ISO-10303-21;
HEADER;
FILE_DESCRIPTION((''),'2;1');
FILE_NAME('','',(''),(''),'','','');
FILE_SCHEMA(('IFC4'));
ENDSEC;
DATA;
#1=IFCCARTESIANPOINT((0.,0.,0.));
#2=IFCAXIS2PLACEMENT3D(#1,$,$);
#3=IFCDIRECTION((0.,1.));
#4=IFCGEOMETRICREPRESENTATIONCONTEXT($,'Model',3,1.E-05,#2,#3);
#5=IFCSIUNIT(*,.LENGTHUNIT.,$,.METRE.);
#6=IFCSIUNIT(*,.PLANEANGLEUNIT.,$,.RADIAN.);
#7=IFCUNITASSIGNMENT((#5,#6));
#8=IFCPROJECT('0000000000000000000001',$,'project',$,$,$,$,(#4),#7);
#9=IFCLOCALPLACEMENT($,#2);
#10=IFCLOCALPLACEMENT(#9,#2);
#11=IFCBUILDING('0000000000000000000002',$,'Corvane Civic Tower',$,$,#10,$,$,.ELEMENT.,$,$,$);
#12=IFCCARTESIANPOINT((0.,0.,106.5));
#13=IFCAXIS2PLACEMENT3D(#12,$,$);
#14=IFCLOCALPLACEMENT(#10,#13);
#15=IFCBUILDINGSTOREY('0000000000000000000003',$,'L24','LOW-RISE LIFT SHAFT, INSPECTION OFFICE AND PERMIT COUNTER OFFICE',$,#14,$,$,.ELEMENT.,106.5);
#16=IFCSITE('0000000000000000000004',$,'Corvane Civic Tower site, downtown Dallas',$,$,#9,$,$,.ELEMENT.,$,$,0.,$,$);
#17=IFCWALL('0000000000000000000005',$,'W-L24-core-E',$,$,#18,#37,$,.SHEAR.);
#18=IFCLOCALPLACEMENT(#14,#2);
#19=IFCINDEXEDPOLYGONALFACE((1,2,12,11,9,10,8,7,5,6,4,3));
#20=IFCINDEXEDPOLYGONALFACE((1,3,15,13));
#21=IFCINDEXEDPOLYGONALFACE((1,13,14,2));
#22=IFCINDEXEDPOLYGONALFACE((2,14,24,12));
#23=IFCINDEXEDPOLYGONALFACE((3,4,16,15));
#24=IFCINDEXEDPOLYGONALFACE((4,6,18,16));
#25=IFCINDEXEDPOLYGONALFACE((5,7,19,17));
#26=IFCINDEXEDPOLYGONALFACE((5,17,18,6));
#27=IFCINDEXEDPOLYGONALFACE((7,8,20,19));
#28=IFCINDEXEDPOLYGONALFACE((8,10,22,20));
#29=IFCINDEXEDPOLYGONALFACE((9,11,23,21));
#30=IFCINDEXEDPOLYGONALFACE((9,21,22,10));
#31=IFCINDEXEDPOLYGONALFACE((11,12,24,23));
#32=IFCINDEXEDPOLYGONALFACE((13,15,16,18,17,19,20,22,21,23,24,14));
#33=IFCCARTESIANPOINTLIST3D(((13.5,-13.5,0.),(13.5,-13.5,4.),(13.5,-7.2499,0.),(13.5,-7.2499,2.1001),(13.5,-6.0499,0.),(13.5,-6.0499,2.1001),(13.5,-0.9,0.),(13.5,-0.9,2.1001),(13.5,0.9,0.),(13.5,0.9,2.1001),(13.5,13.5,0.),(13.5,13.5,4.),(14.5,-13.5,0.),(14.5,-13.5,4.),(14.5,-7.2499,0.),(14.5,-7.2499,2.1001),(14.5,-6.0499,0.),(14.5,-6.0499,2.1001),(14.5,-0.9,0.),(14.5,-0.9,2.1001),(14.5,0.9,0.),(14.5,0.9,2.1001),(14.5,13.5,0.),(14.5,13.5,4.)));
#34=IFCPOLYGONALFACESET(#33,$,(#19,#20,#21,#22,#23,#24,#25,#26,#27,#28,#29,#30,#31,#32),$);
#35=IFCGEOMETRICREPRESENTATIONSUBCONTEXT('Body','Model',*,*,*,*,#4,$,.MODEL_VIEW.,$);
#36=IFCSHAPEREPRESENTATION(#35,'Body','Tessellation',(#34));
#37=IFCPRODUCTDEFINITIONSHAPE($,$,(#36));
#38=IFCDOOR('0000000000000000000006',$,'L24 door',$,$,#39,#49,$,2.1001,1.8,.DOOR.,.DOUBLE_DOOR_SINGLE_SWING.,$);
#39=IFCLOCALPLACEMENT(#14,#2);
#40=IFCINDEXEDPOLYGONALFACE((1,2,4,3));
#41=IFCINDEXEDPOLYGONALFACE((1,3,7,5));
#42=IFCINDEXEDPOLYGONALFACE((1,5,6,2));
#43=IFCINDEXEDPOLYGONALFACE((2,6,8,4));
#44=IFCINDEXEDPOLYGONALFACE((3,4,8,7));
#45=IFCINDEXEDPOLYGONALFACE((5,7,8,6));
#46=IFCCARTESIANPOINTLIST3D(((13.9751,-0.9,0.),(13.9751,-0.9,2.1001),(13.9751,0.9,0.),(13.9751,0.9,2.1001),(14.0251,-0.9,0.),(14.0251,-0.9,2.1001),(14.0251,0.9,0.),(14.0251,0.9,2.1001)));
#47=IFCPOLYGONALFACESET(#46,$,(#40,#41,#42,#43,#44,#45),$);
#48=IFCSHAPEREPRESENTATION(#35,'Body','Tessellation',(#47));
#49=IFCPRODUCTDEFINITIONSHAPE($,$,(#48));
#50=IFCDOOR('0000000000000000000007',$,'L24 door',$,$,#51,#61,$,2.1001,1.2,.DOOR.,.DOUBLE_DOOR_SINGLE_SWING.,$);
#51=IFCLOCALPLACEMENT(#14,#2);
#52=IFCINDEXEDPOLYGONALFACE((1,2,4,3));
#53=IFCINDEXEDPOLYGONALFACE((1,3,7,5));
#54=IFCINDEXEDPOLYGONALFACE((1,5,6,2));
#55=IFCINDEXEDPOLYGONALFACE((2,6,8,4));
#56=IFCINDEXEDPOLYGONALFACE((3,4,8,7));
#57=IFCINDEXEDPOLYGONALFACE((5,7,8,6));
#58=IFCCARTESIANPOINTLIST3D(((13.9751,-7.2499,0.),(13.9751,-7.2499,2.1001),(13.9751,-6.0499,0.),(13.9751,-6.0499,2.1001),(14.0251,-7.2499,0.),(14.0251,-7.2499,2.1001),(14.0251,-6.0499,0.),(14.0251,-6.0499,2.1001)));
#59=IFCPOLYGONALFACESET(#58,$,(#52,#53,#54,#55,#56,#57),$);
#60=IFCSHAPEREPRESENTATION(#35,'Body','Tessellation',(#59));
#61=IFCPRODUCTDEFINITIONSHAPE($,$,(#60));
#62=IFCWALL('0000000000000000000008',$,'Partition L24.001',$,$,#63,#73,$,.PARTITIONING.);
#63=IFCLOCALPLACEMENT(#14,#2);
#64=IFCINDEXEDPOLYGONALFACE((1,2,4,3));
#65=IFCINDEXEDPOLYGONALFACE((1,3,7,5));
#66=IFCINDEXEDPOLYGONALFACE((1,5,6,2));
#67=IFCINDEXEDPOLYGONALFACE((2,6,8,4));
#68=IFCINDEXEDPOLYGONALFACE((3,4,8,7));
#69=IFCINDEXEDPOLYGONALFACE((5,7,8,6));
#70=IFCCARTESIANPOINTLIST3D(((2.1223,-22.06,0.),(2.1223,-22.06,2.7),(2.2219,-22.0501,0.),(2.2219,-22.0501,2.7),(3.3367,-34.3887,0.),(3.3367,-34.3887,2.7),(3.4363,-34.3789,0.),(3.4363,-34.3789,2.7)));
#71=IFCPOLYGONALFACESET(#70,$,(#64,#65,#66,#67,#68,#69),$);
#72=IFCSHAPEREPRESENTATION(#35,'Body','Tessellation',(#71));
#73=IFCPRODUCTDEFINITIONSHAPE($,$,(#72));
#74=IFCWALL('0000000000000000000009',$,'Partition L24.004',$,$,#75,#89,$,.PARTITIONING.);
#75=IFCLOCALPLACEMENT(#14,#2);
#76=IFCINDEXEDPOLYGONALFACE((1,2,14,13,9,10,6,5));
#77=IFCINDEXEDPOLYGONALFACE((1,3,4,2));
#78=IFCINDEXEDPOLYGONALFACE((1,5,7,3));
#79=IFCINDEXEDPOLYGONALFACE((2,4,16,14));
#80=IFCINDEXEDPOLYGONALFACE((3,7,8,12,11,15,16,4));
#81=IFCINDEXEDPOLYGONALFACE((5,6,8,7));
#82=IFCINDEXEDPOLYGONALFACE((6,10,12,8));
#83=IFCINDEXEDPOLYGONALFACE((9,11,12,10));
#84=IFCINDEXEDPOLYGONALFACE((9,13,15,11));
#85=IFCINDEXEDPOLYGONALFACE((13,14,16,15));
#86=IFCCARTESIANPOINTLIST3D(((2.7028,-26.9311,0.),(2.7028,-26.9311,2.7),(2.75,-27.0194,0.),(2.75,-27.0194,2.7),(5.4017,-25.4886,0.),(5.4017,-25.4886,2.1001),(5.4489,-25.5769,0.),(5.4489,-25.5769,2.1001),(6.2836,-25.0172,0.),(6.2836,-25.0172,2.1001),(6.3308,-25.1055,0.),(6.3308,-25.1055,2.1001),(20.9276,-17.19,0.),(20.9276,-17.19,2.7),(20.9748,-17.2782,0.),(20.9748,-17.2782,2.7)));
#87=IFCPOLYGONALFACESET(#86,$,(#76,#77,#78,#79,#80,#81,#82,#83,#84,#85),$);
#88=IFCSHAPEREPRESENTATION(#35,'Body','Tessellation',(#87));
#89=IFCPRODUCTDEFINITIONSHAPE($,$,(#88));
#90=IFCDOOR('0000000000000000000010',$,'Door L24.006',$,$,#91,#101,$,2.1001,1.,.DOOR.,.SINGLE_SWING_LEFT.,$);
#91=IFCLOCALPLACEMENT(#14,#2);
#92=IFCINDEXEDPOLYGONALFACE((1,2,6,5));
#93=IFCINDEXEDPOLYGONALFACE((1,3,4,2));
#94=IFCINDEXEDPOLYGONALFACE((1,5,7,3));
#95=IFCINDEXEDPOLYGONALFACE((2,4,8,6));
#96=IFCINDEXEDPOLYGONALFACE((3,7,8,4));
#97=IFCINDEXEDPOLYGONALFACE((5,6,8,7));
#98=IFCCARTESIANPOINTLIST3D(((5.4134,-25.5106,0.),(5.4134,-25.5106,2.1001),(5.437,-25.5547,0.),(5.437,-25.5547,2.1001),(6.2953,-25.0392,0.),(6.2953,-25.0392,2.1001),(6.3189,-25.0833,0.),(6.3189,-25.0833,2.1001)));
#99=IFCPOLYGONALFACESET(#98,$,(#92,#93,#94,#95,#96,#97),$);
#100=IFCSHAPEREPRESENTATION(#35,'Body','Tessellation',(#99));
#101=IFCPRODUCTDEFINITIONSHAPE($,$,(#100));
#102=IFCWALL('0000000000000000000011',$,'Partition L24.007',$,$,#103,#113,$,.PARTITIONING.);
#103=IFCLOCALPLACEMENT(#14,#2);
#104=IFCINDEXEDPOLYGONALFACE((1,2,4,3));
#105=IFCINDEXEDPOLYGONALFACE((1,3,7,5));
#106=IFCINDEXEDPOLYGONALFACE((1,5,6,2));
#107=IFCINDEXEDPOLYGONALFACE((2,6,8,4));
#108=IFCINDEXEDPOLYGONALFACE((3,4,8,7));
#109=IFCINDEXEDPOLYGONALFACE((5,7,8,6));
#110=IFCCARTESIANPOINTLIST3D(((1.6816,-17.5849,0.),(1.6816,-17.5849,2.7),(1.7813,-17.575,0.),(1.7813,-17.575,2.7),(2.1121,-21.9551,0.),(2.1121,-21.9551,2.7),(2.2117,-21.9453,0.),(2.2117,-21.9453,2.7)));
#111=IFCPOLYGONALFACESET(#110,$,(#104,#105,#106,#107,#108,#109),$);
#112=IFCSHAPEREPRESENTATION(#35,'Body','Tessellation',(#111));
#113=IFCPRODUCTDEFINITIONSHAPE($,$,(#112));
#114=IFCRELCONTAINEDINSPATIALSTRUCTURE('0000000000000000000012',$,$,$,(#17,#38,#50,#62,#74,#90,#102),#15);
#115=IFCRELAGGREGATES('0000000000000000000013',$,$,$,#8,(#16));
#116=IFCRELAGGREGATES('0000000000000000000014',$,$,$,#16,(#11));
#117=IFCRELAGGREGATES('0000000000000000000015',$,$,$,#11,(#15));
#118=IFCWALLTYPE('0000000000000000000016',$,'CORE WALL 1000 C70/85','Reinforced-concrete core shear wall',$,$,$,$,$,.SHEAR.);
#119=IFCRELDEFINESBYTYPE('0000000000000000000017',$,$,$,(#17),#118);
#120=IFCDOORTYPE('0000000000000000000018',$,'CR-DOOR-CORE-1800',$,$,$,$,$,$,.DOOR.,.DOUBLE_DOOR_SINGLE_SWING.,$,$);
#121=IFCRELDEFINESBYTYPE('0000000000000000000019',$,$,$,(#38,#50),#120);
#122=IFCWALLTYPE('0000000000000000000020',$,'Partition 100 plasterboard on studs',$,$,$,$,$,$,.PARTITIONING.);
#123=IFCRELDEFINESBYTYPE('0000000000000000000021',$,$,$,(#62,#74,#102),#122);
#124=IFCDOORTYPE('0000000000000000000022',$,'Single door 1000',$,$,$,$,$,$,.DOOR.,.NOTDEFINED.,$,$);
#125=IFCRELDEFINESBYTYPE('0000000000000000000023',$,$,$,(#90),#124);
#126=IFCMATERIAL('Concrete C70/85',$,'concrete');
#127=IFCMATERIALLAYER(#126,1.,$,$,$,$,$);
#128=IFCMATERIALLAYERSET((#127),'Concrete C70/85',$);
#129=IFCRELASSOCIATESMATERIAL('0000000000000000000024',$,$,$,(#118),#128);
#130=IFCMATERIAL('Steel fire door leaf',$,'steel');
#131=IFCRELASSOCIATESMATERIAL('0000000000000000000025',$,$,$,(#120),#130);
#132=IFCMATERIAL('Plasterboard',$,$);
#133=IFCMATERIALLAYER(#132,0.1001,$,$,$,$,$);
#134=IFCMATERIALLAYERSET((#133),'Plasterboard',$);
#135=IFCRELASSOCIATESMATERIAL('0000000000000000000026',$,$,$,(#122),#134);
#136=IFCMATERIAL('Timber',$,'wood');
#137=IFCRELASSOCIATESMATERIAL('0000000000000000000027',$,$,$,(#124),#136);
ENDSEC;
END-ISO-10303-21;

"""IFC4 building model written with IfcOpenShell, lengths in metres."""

from ifc_helpers import new_model, si_unit, direction, frame, frame_2d, origin, place, context, subcontext, project, spatial, rectangle, extrude, material, layer, layer_set, type_object, element, fill, save


model = new_model("IFC4")

# Units and contexts
model_context = context("Model", 3, precision=1e-05, world=origin(), true_north=direction((0.0, 1.0)))
body_context = subcontext(model_context, "Body", "Model", "MODEL_VIEW")
ifc_project = project(units=[si_unit("LENGTHUNIT", "METRE"), si_unit("PLANEANGLEUNIT", "RADIAN")], contexts=[model_context])

# Site, building, storey
site_placement = place(None, origin())
site = spatial("IfcSite", under=ifc_project, at=site_placement, Name="Corvane Civic Tower site, downtown Dallas", CompositionType="ELEMENT", RefElevation=0.0)
building_placement = place(site_placement, origin())
building = spatial("IfcBuilding", under=site, at=building_placement, Name="Corvane Civic Tower", CompositionType="ELEMENT")
storey_placement = place(building_placement, frame((0.0, 0.0, 106.5)))
storey = spatial("IfcBuildingStorey", under=building, at=storey_placement, Name="L24", Description="LOW-RISE LIFT SHAFT, INSPECTION OFFICE AND PERMIT COUNTER OFFICE", CompositionType="ELEMENT", Elevation=106.5)

# Wall, openings, doors
ifc_material_1 = material(Name="Concrete C70/85", Category="concrete")
ifc_layer_1 = layer(ifc_material_1, 1.0)
ifc_layer_set_1 = layer_set([ifc_layer_1], Name="Concrete C70/85")
wall_type_1 = type_object("IfcWallType", Name="CORE WALL 1000 C70/85", Description="Reinforced-concrete core shear wall", PredefinedType="SHEAR", material=ifc_layer_set_1)
wall_1_placement = place(storey_placement, frame((14.0, -13.5, 0.0), z_axis=(0.0, 0.0, 1.0), x_axis=(0.0, 1.0, 0.0)))
wall_1 = element("IfcWall", 1, at=wall_1_placement, inside=storey, type_object=wall_type_1, Name="W-L24-core-E", PredefinedType="SHEAR", context=body_context, shape_type="SweptSolid", body=[
    extrude(rectangle(XDim=27.0, YDim=1.0, at=frame_2d((13.5, 0.0))), origin(), (0.0, 0.0, 1.0), 4.0),
])
opening_1_placement = place(wall_1_placement, frame((12.6001, 0.0, 0.0)))
opening_1 = element("IfcOpeningElement", 2, at=opening_1_placement, cuts=wall_1, PredefinedType="OPENING", context=body_context, shape_type="SweptSolid", body=[
    extrude(rectangle(XDim=1.8, YDim=2.1001, at=frame_2d((0.8999, 1.05))), frame((0.0, 0.51, 0.0), z_axis=(0.0, -1.0, 0.0), x_axis=(1.0, 0.0, 0.0)), (0.0, 0.0, 1.0), 1.02),
])
opening_2_placement = place(wall_1_placement, frame((6.25, 0.0, 0.0)))
opening_2 = element("IfcOpeningElement", 3, at=opening_2_placement, cuts=wall_1, PredefinedType="OPENING", context=body_context, shape_type="SweptSolid", body=[
    extrude(rectangle(XDim=1.2, YDim=2.1001, at=frame_2d((0.6001, 1.05))), frame((0.0, 0.51, 0.0), z_axis=(0.0, -1.0, 0.0), x_axis=(1.0, 0.0, 0.0)), (0.0, 0.0, 1.0), 1.02),
])
ifc_material_2 = material(Name="Steel fire door leaf", Category="steel")
door_type_1 = type_object("IfcDoorType", Name="CR-DOOR-CORE-1800", OperationType="DOUBLE_DOOR_SINGLE_SWING", PredefinedType="DOOR", material=ifc_material_2)
door_1_placement = place(opening_1_placement, origin())
door_1 = element("IfcDoor", 4, at=door_1_placement, inside=storey, type_object=door_type_1, Name="L24 door", OperationType="DOUBLE_DOOR_SINGLE_SWING", OverallHeight=2.1001, OverallWidth=1.8, PredefinedType="DOOR", context=body_context, shape_type="SweptSolid", body=[
    extrude(rectangle(XDim=1.8, YDim=2.1001, at=frame_2d((0.8999, 1.05))), frame((0.0, 0.0249, 0.0), z_axis=(0.0, -1.0, 0.0), x_axis=(1.0, 0.0, 0.0)), (0.0, 0.0, 1.0), 0.05),
])
fill(opening_1, door_1)
door_2_placement = place(opening_2_placement, origin())
door_2 = element("IfcDoor", 5, at=door_2_placement, inside=storey, type_object=door_type_1, Name="L24 door", OperationType="DOUBLE_DOOR_SINGLE_SWING", OverallHeight=2.1001, OverallWidth=1.2, PredefinedType="DOOR", context=body_context, shape_type="SweptSolid", body=[
    extrude(rectangle(XDim=1.2, YDim=2.1001, at=frame_2d((0.6001, 1.05))), frame((0.0, 0.0249, 0.0), z_axis=(0.0, -1.0, 0.0), x_axis=(1.0, 0.0, 0.0)), (0.0, 0.0, 1.0), 0.05),
])
fill(opening_2, door_2)

# Wall
ifc_material_3 = material(Name="Plasterboard")
ifc_layer_2 = layer(ifc_material_3, 0.1001)
ifc_layer_set_2 = layer_set([ifc_layer_2], Name="Plasterboard")
wall_type_2 = type_object("IfcWallType", Name="Partition 100 plasterboard on studs", PredefinedType="PARTITIONING", material=ifc_layer_set_2)
wall_2_placement = place(storey_placement, frame((2.1721, -22.0549, 0.0), z_axis=(0.0, 0.0, 1.0), x_axis=(0.098023, -0.995184, 0.0)))
element("IfcWall", 6, at=wall_2_placement, inside=storey, type_object=wall_type_2, Name="Partition L24.001", PredefinedType="PARTITIONING", context=body_context, shape_type="SweptSolid", body=[
    extrude(rectangle(XDim=12.3884, YDim=0.1001, at=frame_2d((6.1943, 0.0))), origin(), (0.0, 0.0, 1.0), 2.7),
])

# Wall, opening, door
wall_3_placement = place(storey_placement, frame((2.7263, -26.9753, 0.0), z_axis=(0.0, 0.0, 1.0), x_axis=(0.881925, 0.47139, 0.0)))
wall_3 = element("IfcWall", 7, at=wall_3_placement, inside=storey, type_object=wall_type_2, Name="Partition L24.004", PredefinedType="PARTITIONING", context=body_context, shape_type="SweptSolid", body=[
    extrude(rectangle(XDim=20.6648, YDim=0.1001, at=frame_2d((10.3325, 0.0))), origin(), (0.0, 0.0, 1.0), 2.7),
])
opening_3_placement = place(wall_3_placement, frame((3.0603, 0.0, 0.0)))
opening_3 = element("IfcOpeningElement", 8, at=opening_3_placement, cuts=wall_3, PredefinedType="OPENING", context=body_context, shape_type="SweptSolid", body=[
    extrude(rectangle(XDim=1.0, YDim=2.1001, at=frame_2d((0.5, 1.05))), frame((0.0, 0.0601, 0.0), z_axis=(0.0, -1.0, 0.0), x_axis=(1.0, 0.0, 0.0)), (0.0, 0.0, 1.0), 0.1201),
])
ifc_material_4 = material(Name="Timber", Category="wood")
door_type_2 = type_object("IfcDoorType", Name="Single door 1000", OperationType="NOTDEFINED", PredefinedType="DOOR", material=ifc_material_4)
door_3_placement = place(opening_3_placement, frame((1.0, 0.0, 0.0), z_axis=(0.0, 0.0, 1.0), x_axis=(-1.0, 0.0, 0.0)))
door_3 = element("IfcDoor", 9, at=door_3_placement, inside=storey, type_object=door_type_2, Name="Door L24.006", OperationType="SINGLE_SWING_LEFT", OverallHeight=2.1001, OverallWidth=1.0, PredefinedType="DOOR", context=body_context, shape_type="SweptSolid", body=[
    extrude(rectangle(XDim=1.0, YDim=2.1001, at=frame_2d((0.5, 1.05))), frame((0.0, 0.0249, 0.0), z_axis=(0.0, -1.0, 0.0), x_axis=(1.0, 0.0, 0.0)), (0.0, 0.0, 1.0), 0.05),
])
fill(opening_3, door_3)

# Wall
wall_4_placement = place(storey_placement, frame((1.7314, -17.5798, 0.0), z_axis=(0.0, 0.0, 1.0), x_axis=(0.098017, -0.995185, 0.0)))
element("IfcWall", 10, at=wall_4_placement, inside=storey, type_object=wall_type_2, Name="Partition L24.007", PredefinedType="PARTITIONING", context=body_context, shape_type="SweptSolid", body=[
    extrude(rectangle(XDim=4.3914, YDim=0.1001, at=frame_2d((2.1958, 0.0))), origin(), (0.0, 0.0, 1.0), 2.7),
])

save(model, "model.ifc")
